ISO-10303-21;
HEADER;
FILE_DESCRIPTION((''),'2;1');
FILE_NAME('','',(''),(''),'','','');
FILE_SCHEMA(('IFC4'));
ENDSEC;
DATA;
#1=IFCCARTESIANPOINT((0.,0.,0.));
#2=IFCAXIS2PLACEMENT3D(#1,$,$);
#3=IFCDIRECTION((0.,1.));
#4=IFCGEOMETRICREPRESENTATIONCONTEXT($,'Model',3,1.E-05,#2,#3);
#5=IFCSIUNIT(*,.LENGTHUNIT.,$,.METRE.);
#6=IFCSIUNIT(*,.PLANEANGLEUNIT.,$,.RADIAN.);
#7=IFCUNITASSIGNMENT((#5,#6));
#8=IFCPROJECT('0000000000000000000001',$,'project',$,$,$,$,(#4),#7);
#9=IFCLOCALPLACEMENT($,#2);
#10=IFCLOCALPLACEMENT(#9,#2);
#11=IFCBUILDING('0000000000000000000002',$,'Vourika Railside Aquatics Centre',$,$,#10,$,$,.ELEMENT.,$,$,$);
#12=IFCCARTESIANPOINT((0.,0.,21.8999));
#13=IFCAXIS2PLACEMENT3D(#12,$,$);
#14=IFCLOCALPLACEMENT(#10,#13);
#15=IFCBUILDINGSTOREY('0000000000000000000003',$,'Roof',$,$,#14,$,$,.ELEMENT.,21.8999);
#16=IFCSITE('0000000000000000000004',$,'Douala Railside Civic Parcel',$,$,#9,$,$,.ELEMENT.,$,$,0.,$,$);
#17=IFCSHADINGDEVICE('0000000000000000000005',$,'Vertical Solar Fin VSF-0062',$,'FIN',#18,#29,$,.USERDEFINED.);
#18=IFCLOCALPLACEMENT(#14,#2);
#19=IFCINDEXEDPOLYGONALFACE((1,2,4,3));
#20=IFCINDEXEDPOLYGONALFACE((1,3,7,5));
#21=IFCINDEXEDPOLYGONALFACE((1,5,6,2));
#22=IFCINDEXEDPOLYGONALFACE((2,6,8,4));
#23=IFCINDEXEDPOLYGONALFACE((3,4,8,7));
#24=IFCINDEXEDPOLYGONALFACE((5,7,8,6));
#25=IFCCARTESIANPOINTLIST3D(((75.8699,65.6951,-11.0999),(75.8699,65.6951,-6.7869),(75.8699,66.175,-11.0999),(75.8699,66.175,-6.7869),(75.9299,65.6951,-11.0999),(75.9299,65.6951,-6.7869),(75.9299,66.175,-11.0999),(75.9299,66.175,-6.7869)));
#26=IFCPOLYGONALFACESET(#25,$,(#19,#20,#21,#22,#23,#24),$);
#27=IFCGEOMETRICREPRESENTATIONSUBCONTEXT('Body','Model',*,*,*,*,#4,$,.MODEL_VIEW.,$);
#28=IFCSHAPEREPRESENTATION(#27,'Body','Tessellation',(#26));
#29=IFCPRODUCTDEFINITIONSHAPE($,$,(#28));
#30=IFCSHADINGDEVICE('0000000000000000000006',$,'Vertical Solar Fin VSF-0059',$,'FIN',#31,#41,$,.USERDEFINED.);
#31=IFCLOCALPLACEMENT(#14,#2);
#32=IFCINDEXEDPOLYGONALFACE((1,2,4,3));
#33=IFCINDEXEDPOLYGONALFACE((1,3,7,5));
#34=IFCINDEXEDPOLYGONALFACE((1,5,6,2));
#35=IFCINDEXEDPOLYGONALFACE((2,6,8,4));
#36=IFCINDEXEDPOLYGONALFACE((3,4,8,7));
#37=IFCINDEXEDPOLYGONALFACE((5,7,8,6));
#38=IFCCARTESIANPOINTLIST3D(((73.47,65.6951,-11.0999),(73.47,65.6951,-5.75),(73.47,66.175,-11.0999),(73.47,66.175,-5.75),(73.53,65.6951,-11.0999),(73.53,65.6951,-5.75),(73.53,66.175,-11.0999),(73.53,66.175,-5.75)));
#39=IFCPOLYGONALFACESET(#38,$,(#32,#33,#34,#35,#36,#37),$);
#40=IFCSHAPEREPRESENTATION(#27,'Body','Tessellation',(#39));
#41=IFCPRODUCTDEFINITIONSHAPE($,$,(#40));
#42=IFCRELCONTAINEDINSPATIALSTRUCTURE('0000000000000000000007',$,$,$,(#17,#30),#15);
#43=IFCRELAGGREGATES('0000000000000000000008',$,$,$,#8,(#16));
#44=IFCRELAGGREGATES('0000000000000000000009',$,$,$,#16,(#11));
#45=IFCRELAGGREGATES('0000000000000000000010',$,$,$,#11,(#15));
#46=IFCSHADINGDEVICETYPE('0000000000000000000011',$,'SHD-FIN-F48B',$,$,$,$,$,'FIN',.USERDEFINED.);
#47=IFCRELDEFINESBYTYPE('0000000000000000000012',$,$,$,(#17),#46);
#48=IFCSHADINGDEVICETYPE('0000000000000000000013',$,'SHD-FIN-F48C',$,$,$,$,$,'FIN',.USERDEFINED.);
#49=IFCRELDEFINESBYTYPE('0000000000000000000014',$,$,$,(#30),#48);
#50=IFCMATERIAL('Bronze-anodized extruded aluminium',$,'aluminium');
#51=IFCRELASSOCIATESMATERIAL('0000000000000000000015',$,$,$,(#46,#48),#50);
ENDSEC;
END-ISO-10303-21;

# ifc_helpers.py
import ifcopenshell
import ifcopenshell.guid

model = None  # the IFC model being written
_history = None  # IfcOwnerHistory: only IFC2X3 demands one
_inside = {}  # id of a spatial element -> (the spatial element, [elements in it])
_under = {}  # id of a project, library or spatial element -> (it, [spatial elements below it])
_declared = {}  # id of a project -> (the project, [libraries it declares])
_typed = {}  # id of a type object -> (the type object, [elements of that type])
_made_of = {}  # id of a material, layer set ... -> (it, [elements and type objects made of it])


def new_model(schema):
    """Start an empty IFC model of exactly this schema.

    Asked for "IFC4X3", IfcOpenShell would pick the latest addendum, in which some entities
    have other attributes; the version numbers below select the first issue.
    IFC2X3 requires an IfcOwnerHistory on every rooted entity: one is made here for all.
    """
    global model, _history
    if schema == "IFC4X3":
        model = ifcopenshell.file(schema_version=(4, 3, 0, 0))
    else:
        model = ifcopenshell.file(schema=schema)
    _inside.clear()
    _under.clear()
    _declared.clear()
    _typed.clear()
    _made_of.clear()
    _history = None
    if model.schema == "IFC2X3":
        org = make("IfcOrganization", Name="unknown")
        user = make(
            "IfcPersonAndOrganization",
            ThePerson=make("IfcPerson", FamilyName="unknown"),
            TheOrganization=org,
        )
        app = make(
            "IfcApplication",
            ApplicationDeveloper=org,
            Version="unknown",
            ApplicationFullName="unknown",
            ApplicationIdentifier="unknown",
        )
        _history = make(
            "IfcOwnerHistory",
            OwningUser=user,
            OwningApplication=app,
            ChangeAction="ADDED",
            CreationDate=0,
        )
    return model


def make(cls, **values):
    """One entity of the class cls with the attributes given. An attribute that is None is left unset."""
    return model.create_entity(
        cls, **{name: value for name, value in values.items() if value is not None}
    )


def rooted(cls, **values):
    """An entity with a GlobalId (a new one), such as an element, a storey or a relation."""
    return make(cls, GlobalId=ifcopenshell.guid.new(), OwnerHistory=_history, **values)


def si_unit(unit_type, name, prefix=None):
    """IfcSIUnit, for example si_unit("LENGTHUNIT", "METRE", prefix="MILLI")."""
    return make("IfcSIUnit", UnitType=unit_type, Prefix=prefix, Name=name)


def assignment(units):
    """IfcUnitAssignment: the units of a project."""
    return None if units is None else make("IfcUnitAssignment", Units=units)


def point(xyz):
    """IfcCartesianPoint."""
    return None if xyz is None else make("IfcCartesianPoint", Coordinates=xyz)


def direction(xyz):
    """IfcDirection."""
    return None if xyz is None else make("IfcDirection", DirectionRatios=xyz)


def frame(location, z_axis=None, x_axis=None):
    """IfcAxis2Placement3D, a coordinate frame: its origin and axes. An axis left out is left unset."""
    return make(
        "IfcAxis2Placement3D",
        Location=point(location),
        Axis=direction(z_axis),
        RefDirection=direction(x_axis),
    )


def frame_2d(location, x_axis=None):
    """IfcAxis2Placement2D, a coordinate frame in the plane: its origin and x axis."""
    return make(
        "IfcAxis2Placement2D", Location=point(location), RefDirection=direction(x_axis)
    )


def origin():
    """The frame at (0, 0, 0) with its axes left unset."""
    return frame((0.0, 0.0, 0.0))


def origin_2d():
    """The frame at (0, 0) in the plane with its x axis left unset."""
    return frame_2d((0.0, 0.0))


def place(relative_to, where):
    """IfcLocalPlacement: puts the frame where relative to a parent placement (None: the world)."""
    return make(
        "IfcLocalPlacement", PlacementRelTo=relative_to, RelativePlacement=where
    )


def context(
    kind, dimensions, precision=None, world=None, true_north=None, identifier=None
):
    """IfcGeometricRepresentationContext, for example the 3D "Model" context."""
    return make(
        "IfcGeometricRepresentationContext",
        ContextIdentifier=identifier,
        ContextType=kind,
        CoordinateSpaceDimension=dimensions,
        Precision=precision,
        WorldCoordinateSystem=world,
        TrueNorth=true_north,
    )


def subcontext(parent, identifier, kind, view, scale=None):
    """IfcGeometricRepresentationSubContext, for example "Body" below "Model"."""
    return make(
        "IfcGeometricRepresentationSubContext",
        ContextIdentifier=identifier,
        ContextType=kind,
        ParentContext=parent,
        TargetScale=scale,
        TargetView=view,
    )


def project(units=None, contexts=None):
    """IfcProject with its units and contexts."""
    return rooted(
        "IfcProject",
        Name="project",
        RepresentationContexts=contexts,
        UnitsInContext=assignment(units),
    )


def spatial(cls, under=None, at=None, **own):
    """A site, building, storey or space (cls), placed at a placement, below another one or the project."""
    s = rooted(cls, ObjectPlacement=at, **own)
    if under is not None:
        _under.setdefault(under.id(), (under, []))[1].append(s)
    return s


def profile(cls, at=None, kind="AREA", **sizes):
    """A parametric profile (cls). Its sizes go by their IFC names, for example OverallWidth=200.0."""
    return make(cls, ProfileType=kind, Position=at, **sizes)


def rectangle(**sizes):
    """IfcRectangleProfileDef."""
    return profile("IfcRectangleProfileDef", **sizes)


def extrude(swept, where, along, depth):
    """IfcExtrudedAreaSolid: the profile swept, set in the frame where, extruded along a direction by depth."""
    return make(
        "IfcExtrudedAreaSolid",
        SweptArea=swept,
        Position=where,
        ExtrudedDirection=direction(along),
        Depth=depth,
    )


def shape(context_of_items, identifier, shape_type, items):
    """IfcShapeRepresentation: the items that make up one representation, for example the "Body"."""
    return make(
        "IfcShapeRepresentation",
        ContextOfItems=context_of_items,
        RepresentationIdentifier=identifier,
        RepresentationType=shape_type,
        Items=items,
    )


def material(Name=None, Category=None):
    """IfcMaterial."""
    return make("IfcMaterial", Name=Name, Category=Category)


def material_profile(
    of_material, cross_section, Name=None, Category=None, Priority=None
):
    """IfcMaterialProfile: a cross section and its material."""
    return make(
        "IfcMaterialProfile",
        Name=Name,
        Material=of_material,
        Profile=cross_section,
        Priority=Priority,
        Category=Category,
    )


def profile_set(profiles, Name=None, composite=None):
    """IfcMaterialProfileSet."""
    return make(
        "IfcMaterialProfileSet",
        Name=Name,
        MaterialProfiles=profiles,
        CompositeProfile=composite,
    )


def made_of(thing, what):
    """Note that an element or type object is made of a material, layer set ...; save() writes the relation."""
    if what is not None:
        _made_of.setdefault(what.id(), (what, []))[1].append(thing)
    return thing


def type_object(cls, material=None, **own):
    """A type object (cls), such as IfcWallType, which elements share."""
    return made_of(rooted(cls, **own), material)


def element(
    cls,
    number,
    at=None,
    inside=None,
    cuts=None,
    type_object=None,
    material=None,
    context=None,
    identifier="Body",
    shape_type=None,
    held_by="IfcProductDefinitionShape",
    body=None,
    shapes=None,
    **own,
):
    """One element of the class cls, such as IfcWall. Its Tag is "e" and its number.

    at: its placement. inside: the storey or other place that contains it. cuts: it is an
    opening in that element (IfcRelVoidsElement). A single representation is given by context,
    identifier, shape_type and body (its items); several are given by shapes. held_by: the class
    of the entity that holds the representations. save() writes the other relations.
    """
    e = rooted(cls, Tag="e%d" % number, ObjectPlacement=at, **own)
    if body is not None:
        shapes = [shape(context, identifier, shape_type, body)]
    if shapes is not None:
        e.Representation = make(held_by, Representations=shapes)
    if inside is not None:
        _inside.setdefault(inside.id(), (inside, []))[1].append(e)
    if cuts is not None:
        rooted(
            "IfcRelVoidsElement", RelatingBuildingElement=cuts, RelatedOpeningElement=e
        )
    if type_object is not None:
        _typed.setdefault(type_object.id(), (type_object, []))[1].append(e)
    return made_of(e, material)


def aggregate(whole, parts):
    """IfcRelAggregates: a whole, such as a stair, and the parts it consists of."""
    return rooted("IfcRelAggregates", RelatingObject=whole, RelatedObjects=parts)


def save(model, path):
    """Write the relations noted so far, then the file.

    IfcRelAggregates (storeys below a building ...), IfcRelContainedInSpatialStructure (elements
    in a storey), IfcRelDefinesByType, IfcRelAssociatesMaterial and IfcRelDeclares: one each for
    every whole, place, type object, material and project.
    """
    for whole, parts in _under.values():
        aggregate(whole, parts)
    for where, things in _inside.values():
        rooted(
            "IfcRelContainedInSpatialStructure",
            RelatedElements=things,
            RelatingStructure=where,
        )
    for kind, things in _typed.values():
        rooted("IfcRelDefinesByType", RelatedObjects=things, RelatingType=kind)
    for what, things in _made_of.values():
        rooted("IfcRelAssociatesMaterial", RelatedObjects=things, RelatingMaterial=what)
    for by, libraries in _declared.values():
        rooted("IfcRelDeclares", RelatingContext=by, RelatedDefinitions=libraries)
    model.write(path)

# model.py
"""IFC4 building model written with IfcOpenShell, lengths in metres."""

from ifc_helpers import new_model, si_unit, direction, frame, origin, origin_2d, place, context, subcontext, project, spatial, rectangle, extrude, material, material_profile, profile_set, type_object, element, save


model = new_model("IFC4")

# Units and contexts
model_context = context("Model", 3, precision=1e-05, world=origin(), true_north=direction((0.0, 1.0)))
body_context = subcontext(model_context, "Body", "Model", "MODEL_VIEW")
ifc_project = project(units=[si_unit("LENGTHUNIT", "METRE"), si_unit("PLANEANGLEUNIT", "RADIAN")], contexts=[model_context])

# Site, building, storey
site_placement = place(None, origin())
site = spatial("IfcSite", under=ifc_project, at=site_placement, Name="Douala Railside Civic Parcel", CompositionType="ELEMENT", RefElevation=0.0)
building_placement = place(site_placement, origin())
building = spatial("IfcBuilding", under=site, at=building_placement, Name="Vourika Railside Aquatics Centre", CompositionType="ELEMENT")
storey_placement = place(building_placement, frame((0.0, 0.0, 21.8999)))
storey = spatial("IfcBuildingStorey", under=building, at=storey_placement, Name="Roof", CompositionType="ELEMENT", Elevation=21.8999)

# Shading devices
ifc_material_1 = material(Name="Bronze-anodized extruded aluminium", Category="aluminium")
ifc_material_profile_1 = material_profile(ifc_material_1, rectangle(XDim=0.0601, YDim=0.48, at=origin_2d()), Name="ALU-FIN 60x480")
ifc_profile_set_1 = profile_set([ifc_material_profile_1], Name="Bronze-anodized extruded aluminium")
shading_device_type_1 = type_object("IfcShadingDeviceType", Name="SHD-FIN-F48B", ElementType="FIN", PredefinedType="USERDEFINED", material=ifc_profile_set_1)
shading_device_1_placement = place(storey_placement, frame((75.8999, 65.9351, -11.0999), z_axis=(0.0, 0.0, 1.0), x_axis=(1.0, 0.0, 0.0)))
element("IfcShadingDevice", 1, at=shading_device_1_placement, inside=storey, type_object=shading_device_type_1, Name="Vertical Solar Fin VSF-0062", ObjectType="FIN", PredefinedType="USERDEFINED", context=body_context, shape_type="SweptSolid", body=[
    extrude(rectangle(XDim=0.0601, YDim=0.48, at=origin_2d()), origin(), (0.0, 0.0, 1.0), 4.313),
])
ifc_material_profile_2 = material_profile(ifc_material_1, rectangle(XDim=0.0601, YDim=0.48, at=origin_2d()), Name="ALU-FIN 60x480")
ifc_profile_set_2 = profile_set([ifc_material_profile_2], Name="Bronze-anodized extruded aluminium")
shading_device_type_2 = type_object("IfcShadingDeviceType", Name="SHD-FIN-F48C", ElementType="FIN", PredefinedType="USERDEFINED", material=ifc_profile_set_2)
shading_device_2_placement = place(storey_placement, frame((73.5, 65.9351, -11.0999), z_axis=(0.0, 0.0, 1.0), x_axis=(1.0, 0.0, 0.0)))
element("IfcShadingDevice", 2, at=shading_device_2_placement, inside=storey, type_object=shading_device_type_2, Name="Vertical Solar Fin VSF-0059", ObjectType="FIN", PredefinedType="USERDEFINED", context=body_context, shape_type="SweptSolid", body=[
    extrude(rectangle(XDim=0.0601, YDim=0.48, at=origin_2d()), origin(), (0.0, 0.0, 1.0), 5.3499),
])

save(model, "model.ifc")
